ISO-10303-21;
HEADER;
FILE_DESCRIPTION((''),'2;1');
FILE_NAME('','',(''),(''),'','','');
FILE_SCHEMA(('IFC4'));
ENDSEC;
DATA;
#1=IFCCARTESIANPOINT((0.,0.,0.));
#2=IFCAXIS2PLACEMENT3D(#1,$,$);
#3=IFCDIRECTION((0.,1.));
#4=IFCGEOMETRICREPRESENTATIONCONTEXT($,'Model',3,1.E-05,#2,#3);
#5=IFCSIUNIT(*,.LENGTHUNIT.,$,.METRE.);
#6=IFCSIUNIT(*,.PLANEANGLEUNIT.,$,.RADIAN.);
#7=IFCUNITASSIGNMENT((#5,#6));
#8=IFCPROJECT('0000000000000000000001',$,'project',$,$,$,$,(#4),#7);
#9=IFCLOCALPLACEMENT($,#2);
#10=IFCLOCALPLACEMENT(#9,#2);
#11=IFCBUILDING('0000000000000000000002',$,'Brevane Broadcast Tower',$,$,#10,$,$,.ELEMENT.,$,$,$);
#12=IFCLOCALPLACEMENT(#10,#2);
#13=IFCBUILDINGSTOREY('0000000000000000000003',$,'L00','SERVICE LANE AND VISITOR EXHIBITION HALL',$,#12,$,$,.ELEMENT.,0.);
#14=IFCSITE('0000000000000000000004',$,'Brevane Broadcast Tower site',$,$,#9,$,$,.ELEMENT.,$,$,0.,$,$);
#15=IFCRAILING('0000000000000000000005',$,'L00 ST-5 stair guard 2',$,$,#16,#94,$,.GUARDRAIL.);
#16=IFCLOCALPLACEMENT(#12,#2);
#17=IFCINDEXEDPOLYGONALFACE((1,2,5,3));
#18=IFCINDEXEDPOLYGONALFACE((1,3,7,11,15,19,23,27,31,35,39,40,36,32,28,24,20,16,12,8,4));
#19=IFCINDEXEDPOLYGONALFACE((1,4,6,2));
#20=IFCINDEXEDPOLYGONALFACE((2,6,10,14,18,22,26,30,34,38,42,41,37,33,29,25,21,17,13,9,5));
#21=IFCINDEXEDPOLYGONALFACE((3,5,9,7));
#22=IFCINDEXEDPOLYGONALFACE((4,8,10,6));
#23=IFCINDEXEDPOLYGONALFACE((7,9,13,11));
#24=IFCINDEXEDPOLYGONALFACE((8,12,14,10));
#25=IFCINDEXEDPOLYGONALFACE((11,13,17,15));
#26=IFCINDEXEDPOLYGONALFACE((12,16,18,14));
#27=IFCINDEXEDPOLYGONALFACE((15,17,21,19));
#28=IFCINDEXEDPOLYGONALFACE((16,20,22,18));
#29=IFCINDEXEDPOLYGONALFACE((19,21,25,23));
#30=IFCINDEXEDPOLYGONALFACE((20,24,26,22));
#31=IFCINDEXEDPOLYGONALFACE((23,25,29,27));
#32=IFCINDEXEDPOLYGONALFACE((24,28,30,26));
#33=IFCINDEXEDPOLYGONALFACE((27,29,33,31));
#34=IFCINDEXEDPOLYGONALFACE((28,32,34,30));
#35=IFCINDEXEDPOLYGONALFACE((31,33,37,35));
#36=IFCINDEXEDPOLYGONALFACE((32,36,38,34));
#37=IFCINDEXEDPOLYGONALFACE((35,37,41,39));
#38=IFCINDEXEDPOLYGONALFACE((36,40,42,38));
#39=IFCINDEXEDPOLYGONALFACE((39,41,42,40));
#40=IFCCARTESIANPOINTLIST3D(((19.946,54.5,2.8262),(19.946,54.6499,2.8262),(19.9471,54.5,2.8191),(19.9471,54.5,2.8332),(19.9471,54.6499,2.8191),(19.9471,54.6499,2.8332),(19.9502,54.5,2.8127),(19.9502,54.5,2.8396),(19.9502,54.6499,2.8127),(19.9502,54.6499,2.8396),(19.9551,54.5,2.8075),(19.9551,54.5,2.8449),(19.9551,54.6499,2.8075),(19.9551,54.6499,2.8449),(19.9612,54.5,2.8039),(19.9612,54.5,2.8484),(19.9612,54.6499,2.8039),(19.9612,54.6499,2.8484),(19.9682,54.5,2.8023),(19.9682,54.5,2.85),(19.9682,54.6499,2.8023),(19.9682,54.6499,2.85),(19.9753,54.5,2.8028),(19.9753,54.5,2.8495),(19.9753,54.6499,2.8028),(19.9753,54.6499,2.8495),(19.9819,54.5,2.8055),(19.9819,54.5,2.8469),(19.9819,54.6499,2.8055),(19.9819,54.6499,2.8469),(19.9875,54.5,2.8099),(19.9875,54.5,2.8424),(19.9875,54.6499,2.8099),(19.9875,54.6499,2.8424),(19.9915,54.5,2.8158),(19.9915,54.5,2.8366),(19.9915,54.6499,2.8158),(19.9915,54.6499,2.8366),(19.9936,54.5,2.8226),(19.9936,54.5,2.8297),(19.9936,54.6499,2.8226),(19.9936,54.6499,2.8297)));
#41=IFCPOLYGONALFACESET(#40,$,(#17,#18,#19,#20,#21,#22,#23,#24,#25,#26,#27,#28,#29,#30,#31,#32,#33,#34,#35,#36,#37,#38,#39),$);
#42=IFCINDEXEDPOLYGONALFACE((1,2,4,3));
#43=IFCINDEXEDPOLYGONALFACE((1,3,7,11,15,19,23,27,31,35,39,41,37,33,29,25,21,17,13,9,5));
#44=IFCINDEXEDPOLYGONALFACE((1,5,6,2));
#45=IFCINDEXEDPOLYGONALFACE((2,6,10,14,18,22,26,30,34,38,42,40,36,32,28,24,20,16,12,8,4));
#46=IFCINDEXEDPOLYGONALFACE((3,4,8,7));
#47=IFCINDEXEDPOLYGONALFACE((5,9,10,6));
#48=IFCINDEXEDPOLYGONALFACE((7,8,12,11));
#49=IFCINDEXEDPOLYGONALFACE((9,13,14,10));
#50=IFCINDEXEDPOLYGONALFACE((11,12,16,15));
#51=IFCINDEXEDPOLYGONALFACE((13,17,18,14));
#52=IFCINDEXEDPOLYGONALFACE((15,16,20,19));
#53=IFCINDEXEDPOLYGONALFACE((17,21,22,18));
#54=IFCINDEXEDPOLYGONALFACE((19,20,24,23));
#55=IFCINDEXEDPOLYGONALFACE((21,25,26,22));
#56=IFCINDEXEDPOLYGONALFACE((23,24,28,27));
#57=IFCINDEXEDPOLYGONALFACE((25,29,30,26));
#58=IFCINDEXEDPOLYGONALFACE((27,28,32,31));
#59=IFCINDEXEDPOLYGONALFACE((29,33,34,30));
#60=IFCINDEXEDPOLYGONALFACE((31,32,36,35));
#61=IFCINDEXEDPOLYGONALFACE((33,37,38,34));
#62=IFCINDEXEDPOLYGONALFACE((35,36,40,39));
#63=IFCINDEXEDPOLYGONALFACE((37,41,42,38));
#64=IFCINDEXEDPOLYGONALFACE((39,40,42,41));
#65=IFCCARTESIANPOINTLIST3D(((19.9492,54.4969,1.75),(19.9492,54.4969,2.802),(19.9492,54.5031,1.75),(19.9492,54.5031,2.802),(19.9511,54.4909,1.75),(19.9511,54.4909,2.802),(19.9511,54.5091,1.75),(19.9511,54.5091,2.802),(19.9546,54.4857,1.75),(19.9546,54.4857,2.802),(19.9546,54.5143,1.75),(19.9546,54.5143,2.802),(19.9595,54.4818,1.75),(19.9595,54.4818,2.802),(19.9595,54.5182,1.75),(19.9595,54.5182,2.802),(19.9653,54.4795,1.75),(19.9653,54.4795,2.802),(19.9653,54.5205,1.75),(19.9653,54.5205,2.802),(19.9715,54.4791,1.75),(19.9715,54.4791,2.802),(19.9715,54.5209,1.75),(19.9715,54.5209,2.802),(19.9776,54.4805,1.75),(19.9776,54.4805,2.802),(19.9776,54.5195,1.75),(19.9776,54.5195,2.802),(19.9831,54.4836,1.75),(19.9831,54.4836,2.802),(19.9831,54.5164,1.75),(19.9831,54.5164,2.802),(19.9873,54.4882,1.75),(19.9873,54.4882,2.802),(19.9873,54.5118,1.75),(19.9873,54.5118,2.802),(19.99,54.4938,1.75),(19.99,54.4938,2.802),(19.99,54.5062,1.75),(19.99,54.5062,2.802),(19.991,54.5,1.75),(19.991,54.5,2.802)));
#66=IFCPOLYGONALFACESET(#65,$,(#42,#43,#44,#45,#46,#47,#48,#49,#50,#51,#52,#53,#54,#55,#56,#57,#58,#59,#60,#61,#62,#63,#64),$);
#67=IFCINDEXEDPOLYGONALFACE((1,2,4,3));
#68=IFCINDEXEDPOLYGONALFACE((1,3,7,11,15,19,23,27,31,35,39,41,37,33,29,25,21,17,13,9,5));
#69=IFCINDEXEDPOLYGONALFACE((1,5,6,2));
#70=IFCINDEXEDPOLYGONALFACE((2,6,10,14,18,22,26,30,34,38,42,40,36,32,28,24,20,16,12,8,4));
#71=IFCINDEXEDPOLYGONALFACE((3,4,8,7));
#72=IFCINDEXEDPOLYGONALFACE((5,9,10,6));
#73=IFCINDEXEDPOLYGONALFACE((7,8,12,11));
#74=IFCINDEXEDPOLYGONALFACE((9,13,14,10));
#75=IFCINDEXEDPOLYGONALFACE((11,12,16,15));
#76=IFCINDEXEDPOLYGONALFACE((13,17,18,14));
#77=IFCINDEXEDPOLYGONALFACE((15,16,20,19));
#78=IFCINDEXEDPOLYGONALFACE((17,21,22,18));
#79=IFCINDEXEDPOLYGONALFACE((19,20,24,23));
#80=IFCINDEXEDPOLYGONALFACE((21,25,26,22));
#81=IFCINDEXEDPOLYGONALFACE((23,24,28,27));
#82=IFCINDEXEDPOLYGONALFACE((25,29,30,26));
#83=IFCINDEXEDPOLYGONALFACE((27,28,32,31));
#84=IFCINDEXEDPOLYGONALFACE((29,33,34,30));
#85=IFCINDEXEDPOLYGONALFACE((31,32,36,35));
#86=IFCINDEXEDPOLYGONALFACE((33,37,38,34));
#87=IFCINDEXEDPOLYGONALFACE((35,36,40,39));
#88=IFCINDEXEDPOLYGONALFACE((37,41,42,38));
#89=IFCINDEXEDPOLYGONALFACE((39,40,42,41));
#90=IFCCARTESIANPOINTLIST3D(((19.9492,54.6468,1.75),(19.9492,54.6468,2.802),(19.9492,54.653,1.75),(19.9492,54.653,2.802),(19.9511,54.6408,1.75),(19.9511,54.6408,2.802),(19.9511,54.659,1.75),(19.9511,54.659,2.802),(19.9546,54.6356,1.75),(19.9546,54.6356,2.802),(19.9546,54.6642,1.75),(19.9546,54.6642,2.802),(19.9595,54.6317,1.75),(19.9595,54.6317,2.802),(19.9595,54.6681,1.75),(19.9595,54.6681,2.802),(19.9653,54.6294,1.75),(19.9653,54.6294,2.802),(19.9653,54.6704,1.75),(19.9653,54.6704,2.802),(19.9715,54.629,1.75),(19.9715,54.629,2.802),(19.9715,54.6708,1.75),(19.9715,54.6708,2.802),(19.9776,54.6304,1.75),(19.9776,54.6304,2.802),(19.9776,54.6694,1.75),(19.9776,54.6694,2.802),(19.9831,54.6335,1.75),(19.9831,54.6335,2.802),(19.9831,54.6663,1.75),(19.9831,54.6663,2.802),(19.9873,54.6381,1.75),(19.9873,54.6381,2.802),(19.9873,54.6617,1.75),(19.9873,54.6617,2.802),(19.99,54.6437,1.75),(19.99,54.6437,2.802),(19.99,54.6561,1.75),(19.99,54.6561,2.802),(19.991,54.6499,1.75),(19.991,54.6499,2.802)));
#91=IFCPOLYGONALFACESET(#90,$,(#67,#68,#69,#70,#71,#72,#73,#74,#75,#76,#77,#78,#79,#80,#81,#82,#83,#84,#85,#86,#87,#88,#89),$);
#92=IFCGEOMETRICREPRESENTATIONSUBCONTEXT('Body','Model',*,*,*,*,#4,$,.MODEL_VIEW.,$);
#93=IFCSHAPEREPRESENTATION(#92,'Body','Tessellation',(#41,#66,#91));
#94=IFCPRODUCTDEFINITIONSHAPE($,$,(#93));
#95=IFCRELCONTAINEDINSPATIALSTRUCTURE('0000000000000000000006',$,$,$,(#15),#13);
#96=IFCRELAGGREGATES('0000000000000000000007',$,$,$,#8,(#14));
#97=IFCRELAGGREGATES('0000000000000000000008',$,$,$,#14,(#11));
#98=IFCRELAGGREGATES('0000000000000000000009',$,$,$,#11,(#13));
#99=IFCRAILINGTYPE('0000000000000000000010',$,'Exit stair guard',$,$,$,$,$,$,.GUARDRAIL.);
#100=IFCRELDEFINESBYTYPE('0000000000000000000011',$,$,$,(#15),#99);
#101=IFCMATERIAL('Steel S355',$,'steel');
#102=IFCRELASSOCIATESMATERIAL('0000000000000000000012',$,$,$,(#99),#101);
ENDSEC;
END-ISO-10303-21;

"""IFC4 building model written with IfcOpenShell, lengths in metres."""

from ifc_helpers import new_model, si_unit, direction, frame, origin, origin_2d, place, context, subcontext, project, spatial, circle, extrude, material, type_object, element, save


model = new_model("IFC4")

# Units and contexts
model_context = context("Model", 3, precision=1e-05, world=origin(), true_north=direction((0.0, 1.0)))
body_context = subcontext(model_context, "Body", "Model", "MODEL_VIEW")
ifc_project = project(units=[si_unit("LENGTHUNIT", "METRE"), si_unit("PLANEANGLEUNIT", "RADIAN")], contexts=[model_context])

# Site, building, storey
site_placement = place(None, origin())
site = spatial("IfcSite", under=ifc_project, at=site_placement, Name="Brevane Broadcast Tower site", CompositionType="ELEMENT", RefElevation=0.0)
building_placement = place(site_placement, origin())
building = spatial("IfcBuilding", under=site, at=building_placement, Name="Brevane Broadcast Tower", CompositionType="ELEMENT")
storey_placement = place(building_placement, origin())
storey = spatial("IfcBuildingStorey", under=building, at=storey_placement, Name="L00", Description="SERVICE LANE AND VISITOR EXHIBITION HALL", CompositionType="ELEMENT", Elevation=0.0)

# Railing
ifc_material_1 = material(Name="Steel S355", Category="steel")
railing_type_1 = type_object("IfcRailingType", Name="Exit stair guard", PredefinedType="GUARDRAIL", material=ifc_material_1)
railing_1_placement = place(storey_placement, frame((19.97, 54.5, 1.75)))
element("IfcRailing", 1, at=railing_1_placement, inside=storey, type_object=railing_type_1, Name="L00 ST-5 stair guard 2", PredefinedType="GUARDRAIL", context=body_context, shape_type="SweptSolid", body=[
    extrude(circle(Radius=0.0239, at=origin_2d()), frame((0.0, 0.0, 1.0762), z_axis=(0.0, 1.0, 0.0), x_axis=(-1.0, 0.0, 0.0)), (0.0, 0.0, 1.0), 0.1499),
    extrude(circle(Radius=0.021, at=origin_2d()), origin(), (0.0, 0.0, 1.0), 1.052),
    extrude(circle(Radius=0.021, at=origin_2d()), frame((0.0, 0.1499, 0.0)), (0.0, 0.0, 1.0), 1.052),
])

save(model, "model.ifc")
